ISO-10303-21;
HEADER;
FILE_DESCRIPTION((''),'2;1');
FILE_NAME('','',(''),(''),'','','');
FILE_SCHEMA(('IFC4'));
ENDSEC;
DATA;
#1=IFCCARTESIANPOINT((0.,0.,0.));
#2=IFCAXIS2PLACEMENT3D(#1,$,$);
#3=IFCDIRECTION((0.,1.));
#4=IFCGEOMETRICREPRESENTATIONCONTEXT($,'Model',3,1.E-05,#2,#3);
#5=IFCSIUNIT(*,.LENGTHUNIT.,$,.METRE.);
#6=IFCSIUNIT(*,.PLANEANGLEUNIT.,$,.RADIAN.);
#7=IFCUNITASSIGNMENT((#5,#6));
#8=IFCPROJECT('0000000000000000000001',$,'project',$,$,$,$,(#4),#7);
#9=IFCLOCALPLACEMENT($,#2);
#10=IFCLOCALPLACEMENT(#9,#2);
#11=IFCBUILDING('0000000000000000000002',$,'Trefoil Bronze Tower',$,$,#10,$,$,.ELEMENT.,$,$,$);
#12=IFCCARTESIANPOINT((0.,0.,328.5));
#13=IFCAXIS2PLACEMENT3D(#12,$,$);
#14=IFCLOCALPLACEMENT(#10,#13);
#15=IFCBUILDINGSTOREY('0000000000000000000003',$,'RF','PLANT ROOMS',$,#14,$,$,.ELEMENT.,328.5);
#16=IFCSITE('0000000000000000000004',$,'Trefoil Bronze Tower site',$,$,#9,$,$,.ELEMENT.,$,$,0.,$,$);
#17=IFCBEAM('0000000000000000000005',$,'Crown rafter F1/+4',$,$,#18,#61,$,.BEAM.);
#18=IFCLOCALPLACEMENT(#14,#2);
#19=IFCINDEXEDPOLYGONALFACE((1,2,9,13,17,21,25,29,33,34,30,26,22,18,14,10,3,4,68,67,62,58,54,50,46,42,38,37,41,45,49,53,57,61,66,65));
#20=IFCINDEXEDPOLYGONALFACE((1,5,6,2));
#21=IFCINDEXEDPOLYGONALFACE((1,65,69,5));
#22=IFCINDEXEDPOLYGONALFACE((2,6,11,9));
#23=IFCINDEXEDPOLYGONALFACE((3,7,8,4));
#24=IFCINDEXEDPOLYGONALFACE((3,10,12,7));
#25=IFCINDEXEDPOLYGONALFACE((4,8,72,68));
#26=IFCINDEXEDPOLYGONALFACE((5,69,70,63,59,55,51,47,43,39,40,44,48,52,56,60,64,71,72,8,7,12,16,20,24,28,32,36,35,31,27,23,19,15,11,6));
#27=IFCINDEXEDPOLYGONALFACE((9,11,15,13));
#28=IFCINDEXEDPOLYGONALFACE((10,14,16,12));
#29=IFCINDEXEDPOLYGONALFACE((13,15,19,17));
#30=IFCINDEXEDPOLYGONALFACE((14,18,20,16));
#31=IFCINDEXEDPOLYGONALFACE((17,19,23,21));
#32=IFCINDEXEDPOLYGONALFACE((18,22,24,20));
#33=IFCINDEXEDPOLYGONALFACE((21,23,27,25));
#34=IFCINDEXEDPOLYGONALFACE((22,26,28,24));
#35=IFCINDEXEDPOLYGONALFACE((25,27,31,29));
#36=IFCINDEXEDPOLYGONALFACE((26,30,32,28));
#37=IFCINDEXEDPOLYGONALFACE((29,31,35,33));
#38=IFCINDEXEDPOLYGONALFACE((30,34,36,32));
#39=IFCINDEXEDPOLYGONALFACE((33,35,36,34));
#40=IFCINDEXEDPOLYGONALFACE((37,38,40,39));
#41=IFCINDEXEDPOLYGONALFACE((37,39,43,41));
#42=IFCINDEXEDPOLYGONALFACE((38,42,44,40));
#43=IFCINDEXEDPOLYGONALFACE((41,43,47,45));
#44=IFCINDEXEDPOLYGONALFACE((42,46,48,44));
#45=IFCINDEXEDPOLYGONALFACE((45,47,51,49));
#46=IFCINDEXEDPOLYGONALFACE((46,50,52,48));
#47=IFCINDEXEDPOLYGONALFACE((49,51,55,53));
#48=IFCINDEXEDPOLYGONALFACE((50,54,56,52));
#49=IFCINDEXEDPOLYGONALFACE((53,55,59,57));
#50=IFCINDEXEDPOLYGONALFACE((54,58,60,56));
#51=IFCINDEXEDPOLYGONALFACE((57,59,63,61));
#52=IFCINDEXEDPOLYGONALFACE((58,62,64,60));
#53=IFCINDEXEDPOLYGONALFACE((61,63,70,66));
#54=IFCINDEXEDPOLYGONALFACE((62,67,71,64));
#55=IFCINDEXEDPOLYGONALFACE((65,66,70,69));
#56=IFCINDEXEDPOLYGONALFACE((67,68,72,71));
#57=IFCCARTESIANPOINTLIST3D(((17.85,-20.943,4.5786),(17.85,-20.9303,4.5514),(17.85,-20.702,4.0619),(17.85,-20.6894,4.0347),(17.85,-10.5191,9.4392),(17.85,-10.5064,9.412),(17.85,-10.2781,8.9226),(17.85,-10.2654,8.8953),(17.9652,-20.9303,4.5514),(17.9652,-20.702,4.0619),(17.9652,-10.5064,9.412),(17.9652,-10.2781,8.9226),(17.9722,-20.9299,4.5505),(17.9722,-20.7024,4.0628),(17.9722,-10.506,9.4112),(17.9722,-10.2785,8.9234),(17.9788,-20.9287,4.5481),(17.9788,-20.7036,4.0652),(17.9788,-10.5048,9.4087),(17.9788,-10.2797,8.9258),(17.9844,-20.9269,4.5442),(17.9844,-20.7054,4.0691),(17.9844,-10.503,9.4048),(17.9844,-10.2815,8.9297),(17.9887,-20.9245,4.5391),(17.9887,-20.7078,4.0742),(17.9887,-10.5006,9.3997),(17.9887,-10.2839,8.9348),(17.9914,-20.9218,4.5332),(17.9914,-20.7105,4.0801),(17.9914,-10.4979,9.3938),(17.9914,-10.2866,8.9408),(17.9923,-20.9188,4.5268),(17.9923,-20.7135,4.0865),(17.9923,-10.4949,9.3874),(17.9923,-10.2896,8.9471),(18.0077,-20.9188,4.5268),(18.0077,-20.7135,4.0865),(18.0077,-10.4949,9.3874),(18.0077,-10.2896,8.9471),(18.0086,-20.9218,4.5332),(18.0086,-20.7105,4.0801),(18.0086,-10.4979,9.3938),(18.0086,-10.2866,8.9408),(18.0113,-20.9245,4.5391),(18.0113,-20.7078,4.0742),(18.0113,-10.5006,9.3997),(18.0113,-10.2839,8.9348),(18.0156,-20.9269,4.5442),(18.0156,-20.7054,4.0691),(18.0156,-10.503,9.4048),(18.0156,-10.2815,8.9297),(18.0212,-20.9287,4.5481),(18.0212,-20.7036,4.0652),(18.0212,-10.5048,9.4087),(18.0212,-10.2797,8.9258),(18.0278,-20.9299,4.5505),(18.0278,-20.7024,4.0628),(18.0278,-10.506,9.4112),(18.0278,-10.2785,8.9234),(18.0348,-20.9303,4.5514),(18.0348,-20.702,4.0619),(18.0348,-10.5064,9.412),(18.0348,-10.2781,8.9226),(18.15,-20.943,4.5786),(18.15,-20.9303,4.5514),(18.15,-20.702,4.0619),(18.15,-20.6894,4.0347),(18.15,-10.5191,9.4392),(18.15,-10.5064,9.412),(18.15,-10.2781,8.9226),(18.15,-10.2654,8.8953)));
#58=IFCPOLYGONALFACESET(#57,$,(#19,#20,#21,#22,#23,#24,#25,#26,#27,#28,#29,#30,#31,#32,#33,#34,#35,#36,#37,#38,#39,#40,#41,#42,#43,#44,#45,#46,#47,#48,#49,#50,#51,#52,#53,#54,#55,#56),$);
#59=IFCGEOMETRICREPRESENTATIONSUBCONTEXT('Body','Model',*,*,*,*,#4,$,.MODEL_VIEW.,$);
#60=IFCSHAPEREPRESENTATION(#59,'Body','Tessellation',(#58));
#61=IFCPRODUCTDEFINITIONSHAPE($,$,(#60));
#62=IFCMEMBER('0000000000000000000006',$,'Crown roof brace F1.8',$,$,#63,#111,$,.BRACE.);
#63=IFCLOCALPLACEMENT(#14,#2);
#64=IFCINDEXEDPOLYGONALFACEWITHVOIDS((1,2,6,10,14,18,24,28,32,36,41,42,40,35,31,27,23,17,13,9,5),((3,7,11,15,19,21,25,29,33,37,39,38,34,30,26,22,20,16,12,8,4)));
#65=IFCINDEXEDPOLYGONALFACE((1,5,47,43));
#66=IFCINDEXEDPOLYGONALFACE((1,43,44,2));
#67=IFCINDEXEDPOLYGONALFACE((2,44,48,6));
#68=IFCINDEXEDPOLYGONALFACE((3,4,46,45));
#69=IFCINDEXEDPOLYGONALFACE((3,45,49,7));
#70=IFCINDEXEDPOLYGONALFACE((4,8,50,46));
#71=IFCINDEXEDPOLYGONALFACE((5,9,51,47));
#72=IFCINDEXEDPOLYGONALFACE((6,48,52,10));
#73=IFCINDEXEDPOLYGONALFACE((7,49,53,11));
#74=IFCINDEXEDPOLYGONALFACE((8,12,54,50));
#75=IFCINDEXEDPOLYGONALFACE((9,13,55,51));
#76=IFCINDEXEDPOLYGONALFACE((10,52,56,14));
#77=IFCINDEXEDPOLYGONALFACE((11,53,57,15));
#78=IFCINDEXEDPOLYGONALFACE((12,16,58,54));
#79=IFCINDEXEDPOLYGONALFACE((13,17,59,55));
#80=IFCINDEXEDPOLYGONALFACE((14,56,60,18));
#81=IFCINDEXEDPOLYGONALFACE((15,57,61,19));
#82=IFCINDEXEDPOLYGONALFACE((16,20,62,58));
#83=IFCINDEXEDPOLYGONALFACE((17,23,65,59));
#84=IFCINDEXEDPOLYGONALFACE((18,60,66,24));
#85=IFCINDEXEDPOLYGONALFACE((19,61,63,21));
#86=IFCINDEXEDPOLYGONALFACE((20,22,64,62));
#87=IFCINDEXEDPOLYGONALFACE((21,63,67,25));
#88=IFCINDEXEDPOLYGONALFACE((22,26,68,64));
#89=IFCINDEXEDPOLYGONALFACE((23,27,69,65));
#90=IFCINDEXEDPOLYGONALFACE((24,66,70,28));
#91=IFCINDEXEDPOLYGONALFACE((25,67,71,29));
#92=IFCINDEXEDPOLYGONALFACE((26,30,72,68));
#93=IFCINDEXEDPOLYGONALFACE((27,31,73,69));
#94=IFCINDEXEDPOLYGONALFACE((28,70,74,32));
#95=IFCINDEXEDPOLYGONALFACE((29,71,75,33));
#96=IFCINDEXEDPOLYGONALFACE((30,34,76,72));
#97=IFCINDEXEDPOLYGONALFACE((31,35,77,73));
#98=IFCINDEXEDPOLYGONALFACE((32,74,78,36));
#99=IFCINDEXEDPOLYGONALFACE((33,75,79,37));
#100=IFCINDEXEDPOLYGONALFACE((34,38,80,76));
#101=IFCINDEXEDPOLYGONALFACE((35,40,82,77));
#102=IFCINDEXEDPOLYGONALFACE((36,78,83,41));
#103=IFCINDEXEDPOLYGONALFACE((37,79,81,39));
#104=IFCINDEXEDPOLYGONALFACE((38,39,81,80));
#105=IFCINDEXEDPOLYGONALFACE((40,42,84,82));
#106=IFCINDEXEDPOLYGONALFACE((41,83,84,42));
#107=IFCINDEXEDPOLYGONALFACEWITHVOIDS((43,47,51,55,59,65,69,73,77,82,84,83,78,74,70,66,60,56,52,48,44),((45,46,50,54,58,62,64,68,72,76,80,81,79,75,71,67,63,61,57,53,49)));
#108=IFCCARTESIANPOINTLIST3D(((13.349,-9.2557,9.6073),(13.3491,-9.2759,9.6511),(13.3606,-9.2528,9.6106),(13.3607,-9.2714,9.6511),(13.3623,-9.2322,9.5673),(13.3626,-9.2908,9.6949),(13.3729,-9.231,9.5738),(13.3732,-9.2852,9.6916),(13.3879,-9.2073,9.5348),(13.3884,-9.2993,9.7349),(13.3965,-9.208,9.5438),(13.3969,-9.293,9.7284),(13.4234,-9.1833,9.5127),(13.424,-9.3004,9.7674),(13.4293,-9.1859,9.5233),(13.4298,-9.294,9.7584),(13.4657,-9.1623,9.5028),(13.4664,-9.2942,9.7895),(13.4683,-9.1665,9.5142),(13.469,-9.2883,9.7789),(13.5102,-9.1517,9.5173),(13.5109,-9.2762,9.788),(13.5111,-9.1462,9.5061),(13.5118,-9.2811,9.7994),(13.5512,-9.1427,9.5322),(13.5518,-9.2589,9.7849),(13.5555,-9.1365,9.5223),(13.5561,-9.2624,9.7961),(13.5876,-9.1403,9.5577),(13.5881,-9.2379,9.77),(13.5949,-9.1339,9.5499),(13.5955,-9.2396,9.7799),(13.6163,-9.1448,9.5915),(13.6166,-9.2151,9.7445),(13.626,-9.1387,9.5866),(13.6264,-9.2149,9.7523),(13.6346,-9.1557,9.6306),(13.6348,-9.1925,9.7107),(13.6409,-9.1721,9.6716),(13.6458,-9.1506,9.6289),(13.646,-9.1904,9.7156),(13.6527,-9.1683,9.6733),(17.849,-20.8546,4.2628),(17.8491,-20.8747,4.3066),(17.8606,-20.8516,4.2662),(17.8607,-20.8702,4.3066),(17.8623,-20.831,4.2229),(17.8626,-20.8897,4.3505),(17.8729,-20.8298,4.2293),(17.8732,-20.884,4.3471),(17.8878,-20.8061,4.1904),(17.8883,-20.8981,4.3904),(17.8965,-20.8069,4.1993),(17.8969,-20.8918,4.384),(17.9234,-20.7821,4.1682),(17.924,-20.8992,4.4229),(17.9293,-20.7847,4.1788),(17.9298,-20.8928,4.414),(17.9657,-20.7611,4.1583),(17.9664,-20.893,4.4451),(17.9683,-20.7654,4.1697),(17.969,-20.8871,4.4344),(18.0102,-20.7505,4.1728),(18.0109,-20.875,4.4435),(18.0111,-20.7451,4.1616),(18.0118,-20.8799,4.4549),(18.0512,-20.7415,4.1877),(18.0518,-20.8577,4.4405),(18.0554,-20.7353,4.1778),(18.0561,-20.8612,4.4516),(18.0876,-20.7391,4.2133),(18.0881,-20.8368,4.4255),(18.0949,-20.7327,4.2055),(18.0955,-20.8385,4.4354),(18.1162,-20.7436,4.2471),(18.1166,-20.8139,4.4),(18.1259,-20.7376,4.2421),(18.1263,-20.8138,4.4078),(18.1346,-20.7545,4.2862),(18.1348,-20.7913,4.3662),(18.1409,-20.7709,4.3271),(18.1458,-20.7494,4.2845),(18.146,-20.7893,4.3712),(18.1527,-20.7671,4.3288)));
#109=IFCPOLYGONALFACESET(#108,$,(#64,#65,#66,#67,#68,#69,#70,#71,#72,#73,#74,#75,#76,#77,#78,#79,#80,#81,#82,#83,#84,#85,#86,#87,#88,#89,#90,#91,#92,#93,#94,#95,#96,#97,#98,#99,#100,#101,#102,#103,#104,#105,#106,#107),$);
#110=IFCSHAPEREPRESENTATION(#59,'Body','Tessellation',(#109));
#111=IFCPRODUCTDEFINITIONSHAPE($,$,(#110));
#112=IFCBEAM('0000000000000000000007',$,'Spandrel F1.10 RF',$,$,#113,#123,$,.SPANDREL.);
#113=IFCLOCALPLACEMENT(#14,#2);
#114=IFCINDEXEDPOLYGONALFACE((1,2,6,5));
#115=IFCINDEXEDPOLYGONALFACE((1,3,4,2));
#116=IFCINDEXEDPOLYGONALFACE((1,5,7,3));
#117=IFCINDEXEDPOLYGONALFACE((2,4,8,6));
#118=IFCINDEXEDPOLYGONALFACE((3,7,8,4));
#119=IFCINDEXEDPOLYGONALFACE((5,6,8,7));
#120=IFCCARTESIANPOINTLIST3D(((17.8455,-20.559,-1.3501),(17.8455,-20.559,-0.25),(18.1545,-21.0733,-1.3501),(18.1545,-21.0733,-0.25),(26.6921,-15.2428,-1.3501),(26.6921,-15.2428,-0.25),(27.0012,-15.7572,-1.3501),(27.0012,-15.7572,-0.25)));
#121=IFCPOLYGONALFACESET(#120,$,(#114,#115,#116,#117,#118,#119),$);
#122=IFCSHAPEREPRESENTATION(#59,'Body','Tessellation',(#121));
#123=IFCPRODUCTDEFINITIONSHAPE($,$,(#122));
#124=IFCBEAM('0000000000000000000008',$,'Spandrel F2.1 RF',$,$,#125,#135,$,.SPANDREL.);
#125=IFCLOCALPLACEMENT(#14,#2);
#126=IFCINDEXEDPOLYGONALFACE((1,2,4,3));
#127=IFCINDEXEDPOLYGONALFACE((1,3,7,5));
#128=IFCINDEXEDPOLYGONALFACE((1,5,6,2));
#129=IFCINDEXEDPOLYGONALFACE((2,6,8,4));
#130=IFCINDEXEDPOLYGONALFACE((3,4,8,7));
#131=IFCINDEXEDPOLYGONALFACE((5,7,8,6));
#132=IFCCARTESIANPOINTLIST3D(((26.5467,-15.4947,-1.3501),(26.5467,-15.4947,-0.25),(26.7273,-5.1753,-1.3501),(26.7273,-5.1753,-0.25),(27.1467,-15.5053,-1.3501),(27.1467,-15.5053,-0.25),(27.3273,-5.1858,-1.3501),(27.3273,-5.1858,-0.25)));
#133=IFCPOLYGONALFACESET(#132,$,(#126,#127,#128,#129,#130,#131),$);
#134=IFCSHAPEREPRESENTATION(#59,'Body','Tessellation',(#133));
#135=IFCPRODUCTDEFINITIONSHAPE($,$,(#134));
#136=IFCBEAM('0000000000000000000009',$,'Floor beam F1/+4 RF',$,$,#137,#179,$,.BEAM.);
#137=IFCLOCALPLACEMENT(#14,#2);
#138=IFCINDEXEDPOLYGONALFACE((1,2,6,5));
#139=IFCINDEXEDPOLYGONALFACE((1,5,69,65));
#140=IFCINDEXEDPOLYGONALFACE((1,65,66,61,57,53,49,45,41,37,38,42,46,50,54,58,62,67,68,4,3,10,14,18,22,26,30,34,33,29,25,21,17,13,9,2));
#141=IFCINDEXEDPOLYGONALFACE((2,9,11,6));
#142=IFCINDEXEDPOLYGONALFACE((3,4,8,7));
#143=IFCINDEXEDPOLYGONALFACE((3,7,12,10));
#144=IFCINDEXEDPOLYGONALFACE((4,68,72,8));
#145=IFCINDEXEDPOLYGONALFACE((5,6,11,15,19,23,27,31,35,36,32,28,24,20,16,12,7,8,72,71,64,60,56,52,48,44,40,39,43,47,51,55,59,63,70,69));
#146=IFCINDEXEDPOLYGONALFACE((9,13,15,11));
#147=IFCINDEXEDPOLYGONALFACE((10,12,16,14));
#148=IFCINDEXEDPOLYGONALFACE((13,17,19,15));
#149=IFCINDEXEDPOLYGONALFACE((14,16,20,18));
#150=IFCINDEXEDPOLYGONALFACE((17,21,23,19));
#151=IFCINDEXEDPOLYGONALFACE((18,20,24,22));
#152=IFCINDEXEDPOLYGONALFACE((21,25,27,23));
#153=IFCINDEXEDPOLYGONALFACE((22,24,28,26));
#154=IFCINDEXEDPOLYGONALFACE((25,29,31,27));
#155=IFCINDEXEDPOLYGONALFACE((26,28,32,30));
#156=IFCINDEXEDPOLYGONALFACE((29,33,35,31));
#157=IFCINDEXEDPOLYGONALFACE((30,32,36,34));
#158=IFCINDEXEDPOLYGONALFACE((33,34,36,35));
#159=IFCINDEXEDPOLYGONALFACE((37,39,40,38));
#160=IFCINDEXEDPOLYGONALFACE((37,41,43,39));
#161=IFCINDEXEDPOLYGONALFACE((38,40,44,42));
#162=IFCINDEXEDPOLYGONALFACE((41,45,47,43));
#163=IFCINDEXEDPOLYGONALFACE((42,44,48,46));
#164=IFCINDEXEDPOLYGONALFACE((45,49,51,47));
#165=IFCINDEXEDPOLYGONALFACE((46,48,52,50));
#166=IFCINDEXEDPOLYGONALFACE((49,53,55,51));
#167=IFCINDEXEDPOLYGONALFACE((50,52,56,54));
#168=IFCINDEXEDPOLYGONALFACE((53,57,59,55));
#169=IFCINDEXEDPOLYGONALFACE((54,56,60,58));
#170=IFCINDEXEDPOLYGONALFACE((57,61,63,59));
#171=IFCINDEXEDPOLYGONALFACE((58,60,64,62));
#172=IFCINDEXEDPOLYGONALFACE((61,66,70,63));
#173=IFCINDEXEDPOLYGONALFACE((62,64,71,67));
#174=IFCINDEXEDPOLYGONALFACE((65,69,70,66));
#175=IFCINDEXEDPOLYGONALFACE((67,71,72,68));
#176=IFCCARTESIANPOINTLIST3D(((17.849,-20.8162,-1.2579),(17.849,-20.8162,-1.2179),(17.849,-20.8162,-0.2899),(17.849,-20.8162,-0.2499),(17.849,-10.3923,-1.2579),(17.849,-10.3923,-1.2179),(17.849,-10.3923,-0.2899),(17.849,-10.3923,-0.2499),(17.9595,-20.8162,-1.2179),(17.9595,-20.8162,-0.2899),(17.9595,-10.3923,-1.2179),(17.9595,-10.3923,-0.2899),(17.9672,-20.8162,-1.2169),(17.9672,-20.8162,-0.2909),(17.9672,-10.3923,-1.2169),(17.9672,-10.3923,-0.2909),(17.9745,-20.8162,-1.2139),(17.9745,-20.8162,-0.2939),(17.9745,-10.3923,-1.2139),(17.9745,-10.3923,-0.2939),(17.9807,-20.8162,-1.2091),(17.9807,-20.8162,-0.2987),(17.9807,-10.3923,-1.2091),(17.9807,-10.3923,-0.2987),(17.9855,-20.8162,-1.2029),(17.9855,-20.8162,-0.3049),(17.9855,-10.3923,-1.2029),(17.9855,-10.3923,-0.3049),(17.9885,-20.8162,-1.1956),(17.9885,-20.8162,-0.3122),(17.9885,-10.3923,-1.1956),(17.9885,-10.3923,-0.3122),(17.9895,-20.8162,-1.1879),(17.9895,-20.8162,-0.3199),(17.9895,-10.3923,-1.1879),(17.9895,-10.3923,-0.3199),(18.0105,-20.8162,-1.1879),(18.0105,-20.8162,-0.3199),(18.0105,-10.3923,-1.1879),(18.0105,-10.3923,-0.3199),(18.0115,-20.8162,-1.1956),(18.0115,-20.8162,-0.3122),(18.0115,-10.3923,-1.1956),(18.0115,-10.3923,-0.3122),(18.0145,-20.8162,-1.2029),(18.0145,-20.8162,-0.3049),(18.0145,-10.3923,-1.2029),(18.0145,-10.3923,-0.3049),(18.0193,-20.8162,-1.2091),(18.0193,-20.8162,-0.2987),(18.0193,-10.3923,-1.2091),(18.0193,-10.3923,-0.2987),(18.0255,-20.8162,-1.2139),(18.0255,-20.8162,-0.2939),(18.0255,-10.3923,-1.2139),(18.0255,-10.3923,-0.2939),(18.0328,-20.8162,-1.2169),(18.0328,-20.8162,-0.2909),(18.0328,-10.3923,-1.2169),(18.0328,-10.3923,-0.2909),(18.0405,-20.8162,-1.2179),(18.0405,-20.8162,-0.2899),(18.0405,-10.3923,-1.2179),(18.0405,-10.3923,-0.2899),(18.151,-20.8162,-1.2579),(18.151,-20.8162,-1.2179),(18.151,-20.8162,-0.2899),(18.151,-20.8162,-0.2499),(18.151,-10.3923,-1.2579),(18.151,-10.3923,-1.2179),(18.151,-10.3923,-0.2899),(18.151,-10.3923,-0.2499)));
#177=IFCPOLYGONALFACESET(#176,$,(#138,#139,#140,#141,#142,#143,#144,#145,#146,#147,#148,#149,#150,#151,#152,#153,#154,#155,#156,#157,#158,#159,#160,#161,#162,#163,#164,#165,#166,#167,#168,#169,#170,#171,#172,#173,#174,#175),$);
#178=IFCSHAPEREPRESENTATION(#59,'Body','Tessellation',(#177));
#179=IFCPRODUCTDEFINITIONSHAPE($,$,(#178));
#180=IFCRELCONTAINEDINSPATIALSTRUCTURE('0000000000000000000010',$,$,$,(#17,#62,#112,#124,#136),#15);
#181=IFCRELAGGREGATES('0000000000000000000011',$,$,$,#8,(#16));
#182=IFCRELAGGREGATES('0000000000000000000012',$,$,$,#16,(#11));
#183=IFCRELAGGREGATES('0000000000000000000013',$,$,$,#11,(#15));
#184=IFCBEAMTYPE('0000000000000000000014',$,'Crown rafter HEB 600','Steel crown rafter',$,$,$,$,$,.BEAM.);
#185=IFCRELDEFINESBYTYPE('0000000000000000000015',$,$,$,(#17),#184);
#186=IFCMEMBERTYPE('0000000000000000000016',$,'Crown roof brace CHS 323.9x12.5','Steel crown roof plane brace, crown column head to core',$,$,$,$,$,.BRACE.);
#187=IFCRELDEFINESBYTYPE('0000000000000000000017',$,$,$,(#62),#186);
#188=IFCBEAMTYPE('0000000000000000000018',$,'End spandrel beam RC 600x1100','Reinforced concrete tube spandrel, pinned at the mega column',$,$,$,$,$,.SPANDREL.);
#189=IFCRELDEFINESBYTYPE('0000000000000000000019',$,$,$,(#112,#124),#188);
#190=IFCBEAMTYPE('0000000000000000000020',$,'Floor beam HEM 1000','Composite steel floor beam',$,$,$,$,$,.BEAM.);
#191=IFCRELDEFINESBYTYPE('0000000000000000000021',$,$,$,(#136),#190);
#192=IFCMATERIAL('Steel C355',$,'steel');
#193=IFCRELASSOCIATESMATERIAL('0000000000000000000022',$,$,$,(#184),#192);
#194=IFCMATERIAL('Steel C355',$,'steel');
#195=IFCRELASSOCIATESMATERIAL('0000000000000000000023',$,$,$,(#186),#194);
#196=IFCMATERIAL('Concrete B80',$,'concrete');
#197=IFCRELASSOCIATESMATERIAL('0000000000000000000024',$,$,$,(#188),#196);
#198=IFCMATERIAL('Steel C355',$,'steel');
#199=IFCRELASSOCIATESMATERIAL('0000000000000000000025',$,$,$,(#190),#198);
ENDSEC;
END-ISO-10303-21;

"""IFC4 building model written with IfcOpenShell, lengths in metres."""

from ifc_helpers import new_model, si_unit, direction, frame, origin, origin_2d, place, context, subcontext, project, spatial, rectangle, hollow_circle, i_section, extrude, material, material_profile, profile_set, type_object, element, save


model = new_model("IFC4")

# Units and contexts
model_context = context("Model", 3, precision=1e-05, world=origin(), true_north=direction((0.0, 1.0)))
body_context = subcontext(model_context, "Body", "Model", "MODEL_VIEW")
ifc_project = project(units=[si_unit("LENGTHUNIT", "METRE"), si_unit("PLANEANGLEUNIT", "RADIAN")], contexts=[model_context])

# Site, building, storey
site_placement = place(None, origin())
site = spatial("IfcSite", under=ifc_project, at=site_placement, Name="Trefoil Bronze Tower site", CompositionType="ELEMENT", RefElevation=0.0)
building_placement = place(site_placement, origin())
building = spatial("IfcBuilding", under=site, at=building_placement, Name="Trefoil Bronze Tower", CompositionType="ELEMENT")
storey_placement = place(building_placement, frame((0.0, 0.0, 328.5)))
storey = spatial("IfcBuildingStorey", under=building, at=storey_placement, Name="RF", Description="PLANT ROOMS", CompositionType="ELEMENT", Elevation=328.5)

# Beam
ifc_material_1 = material(Name="Steel C355", Category="steel")
ifc_material_profile_1 = material_profile(ifc_material_1, i_section(OverallWidth=0.3, OverallDepth=0.6001, WebThickness=0.0154, FlangeThickness=0.03, FilletRadius=0.0271, at=origin_2d()), Name="HEB 600")
ifc_profile_set_1 = profile_set([ifc_material_profile_1], Name="Steel C355")
beam_type_1 = type_object("IfcBeamType", Name="Crown rafter HEB 600", Description="Steel crown rafter", PredefinedType="BEAM", material=ifc_profile_set_1)
beam_1_placement = place(storey_placement, frame((18.0, -20.8162, 4.3066), z_axis=(0.0, 0.906312, 0.42261), x_axis=(-1.0, 0.0, 0.0)))
element("IfcBeam", 1, at=beam_1_placement, inside=storey, type_object=beam_type_1, Name="Crown rafter F1/+4", PredefinedType="BEAM", context=body_context, shape_type="SweptSolid", body=[
    extrude(i_section(OverallWidth=0.3, OverallDepth=0.6001, WebThickness=0.0154, FlangeThickness=0.03, FilletRadius=0.0271, at=origin_2d()), origin(), (0.0, 0.0, 1.0), 11.5015),
])

# Member
ifc_material_2 = material(Name="Steel C355", Category="steel")
ifc_material_profile_2 = material_profile(ifc_material_2, hollow_circle(Radius=0.1619, WallThickness=0.0125, at=origin_2d()), Name="CHS 323.9x12.5")
ifc_profile_set_2 = profile_set([ifc_material_profile_2], Name="Steel C355")
member_type = type_object("IfcMemberType", Name="Crown roof brace CHS 323.9x12.5", Description="Steel crown roof plane brace, crown column head to core", PredefinedType="BRACE", material=ifc_profile_set_2)
member_placement = place(storey_placement, frame((18.0, -20.8162, 4.3066), z_axis=(-0.332334, 0.856601, 0.394701), x_axis=(-0.932294, -0.361701, 0.0)))
element("IfcMember", 2, at=member_placement, inside=storey, type_object=member_type, Name="Crown roof brace F1.8", PredefinedType="BRACE", context=body_context, shape_type="SweptSolid", body=[
    extrude(hollow_circle(Radius=0.1619, WallThickness=0.0125, at=origin_2d()), origin(), (0.0, 0.0, 1.0), 13.5405),
])

# Beams
ifc_material_3 = material(Name="Concrete B80", Category="concrete")
ifc_material_profile_3 = material_profile(ifc_material_3, rectangle(XDim=0.6001, YDim=1.1001, at=origin_2d()), Name="RC 600x1100")
ifc_profile_set_3 = profile_set([ifc_material_profile_3], Name="Concrete B80")
beam_type_2 = type_object("IfcBeamType", Name="End spandrel beam RC 600x1100", Description="Reinforced concrete tube spandrel, pinned at the mega column", PredefinedType="SPANDREL", material=ifc_profile_set_3)
for number, where, z_axis, x_axis, name in (
    (3, (18.0, -20.8162, -0.8), (0.857144, 0.515077, 0.0), (-0.515077, 0.857144, 0.0), "Spandrel F1.10 RF"),
    (4, (26.8467, -15.5, -0.8), (0.017504, 0.999847, 0.0), (-0.999847, 0.017504, 0.0), "Spandrel F2.1 RF"),
):
    element("IfcBeam", number, at=place(storey_placement, frame(where, z_axis=z_axis, x_axis=x_axis)), inside=storey, type_object=beam_type_2, Name=name, PredefinedType="SPANDREL", context=body_context, shape_type="SweptSolid", body=[
        extrude(rectangle(XDim=0.6001, YDim=1.1001, at=origin_2d()), origin(), (0.0, 0.0, 1.0), 10.321),
    ])
ifc_material_4 = material(Name="Steel C355", Category="steel")
ifc_material_profile_4 = material_profile(ifc_material_4, i_section(OverallWidth=0.302, OverallDepth=1.0081, WebThickness=0.021, FlangeThickness=0.04, FilletRadius=0.03, at=origin_2d()), Name="HEM 1000")
ifc_profile_set_4 = profile_set([ifc_material_profile_4], Name="Steel C355")
beam_type_3 = type_object("IfcBeamType", Name="Floor beam HEM 1000", Description="Composite steel floor beam", PredefinedType="BEAM", material=ifc_profile_set_4)
beam_2_placement = place(storey_placement, frame((18.0, -20.8162, -0.7539), z_axis=(0.0, 1.0, 0.0), x_axis=(-1.0, 0.0, 0.0)))
element("IfcBeam", 5, at=beam_2_placement, inside=storey, type_object=beam_type_3, Name="Floor beam F1/+4 RF", PredefinedType="BEAM", context=body_context, shape_type="SweptSolid", body=[
    extrude(i_section(OverallWidth=0.302, OverallDepth=1.0081, WebThickness=0.021, FlangeThickness=0.04, FilletRadius=0.03, at=origin_2d()), origin(), (0.0, 0.0, 1.0), 10.4238),
])

save(model, "model.ifc")
